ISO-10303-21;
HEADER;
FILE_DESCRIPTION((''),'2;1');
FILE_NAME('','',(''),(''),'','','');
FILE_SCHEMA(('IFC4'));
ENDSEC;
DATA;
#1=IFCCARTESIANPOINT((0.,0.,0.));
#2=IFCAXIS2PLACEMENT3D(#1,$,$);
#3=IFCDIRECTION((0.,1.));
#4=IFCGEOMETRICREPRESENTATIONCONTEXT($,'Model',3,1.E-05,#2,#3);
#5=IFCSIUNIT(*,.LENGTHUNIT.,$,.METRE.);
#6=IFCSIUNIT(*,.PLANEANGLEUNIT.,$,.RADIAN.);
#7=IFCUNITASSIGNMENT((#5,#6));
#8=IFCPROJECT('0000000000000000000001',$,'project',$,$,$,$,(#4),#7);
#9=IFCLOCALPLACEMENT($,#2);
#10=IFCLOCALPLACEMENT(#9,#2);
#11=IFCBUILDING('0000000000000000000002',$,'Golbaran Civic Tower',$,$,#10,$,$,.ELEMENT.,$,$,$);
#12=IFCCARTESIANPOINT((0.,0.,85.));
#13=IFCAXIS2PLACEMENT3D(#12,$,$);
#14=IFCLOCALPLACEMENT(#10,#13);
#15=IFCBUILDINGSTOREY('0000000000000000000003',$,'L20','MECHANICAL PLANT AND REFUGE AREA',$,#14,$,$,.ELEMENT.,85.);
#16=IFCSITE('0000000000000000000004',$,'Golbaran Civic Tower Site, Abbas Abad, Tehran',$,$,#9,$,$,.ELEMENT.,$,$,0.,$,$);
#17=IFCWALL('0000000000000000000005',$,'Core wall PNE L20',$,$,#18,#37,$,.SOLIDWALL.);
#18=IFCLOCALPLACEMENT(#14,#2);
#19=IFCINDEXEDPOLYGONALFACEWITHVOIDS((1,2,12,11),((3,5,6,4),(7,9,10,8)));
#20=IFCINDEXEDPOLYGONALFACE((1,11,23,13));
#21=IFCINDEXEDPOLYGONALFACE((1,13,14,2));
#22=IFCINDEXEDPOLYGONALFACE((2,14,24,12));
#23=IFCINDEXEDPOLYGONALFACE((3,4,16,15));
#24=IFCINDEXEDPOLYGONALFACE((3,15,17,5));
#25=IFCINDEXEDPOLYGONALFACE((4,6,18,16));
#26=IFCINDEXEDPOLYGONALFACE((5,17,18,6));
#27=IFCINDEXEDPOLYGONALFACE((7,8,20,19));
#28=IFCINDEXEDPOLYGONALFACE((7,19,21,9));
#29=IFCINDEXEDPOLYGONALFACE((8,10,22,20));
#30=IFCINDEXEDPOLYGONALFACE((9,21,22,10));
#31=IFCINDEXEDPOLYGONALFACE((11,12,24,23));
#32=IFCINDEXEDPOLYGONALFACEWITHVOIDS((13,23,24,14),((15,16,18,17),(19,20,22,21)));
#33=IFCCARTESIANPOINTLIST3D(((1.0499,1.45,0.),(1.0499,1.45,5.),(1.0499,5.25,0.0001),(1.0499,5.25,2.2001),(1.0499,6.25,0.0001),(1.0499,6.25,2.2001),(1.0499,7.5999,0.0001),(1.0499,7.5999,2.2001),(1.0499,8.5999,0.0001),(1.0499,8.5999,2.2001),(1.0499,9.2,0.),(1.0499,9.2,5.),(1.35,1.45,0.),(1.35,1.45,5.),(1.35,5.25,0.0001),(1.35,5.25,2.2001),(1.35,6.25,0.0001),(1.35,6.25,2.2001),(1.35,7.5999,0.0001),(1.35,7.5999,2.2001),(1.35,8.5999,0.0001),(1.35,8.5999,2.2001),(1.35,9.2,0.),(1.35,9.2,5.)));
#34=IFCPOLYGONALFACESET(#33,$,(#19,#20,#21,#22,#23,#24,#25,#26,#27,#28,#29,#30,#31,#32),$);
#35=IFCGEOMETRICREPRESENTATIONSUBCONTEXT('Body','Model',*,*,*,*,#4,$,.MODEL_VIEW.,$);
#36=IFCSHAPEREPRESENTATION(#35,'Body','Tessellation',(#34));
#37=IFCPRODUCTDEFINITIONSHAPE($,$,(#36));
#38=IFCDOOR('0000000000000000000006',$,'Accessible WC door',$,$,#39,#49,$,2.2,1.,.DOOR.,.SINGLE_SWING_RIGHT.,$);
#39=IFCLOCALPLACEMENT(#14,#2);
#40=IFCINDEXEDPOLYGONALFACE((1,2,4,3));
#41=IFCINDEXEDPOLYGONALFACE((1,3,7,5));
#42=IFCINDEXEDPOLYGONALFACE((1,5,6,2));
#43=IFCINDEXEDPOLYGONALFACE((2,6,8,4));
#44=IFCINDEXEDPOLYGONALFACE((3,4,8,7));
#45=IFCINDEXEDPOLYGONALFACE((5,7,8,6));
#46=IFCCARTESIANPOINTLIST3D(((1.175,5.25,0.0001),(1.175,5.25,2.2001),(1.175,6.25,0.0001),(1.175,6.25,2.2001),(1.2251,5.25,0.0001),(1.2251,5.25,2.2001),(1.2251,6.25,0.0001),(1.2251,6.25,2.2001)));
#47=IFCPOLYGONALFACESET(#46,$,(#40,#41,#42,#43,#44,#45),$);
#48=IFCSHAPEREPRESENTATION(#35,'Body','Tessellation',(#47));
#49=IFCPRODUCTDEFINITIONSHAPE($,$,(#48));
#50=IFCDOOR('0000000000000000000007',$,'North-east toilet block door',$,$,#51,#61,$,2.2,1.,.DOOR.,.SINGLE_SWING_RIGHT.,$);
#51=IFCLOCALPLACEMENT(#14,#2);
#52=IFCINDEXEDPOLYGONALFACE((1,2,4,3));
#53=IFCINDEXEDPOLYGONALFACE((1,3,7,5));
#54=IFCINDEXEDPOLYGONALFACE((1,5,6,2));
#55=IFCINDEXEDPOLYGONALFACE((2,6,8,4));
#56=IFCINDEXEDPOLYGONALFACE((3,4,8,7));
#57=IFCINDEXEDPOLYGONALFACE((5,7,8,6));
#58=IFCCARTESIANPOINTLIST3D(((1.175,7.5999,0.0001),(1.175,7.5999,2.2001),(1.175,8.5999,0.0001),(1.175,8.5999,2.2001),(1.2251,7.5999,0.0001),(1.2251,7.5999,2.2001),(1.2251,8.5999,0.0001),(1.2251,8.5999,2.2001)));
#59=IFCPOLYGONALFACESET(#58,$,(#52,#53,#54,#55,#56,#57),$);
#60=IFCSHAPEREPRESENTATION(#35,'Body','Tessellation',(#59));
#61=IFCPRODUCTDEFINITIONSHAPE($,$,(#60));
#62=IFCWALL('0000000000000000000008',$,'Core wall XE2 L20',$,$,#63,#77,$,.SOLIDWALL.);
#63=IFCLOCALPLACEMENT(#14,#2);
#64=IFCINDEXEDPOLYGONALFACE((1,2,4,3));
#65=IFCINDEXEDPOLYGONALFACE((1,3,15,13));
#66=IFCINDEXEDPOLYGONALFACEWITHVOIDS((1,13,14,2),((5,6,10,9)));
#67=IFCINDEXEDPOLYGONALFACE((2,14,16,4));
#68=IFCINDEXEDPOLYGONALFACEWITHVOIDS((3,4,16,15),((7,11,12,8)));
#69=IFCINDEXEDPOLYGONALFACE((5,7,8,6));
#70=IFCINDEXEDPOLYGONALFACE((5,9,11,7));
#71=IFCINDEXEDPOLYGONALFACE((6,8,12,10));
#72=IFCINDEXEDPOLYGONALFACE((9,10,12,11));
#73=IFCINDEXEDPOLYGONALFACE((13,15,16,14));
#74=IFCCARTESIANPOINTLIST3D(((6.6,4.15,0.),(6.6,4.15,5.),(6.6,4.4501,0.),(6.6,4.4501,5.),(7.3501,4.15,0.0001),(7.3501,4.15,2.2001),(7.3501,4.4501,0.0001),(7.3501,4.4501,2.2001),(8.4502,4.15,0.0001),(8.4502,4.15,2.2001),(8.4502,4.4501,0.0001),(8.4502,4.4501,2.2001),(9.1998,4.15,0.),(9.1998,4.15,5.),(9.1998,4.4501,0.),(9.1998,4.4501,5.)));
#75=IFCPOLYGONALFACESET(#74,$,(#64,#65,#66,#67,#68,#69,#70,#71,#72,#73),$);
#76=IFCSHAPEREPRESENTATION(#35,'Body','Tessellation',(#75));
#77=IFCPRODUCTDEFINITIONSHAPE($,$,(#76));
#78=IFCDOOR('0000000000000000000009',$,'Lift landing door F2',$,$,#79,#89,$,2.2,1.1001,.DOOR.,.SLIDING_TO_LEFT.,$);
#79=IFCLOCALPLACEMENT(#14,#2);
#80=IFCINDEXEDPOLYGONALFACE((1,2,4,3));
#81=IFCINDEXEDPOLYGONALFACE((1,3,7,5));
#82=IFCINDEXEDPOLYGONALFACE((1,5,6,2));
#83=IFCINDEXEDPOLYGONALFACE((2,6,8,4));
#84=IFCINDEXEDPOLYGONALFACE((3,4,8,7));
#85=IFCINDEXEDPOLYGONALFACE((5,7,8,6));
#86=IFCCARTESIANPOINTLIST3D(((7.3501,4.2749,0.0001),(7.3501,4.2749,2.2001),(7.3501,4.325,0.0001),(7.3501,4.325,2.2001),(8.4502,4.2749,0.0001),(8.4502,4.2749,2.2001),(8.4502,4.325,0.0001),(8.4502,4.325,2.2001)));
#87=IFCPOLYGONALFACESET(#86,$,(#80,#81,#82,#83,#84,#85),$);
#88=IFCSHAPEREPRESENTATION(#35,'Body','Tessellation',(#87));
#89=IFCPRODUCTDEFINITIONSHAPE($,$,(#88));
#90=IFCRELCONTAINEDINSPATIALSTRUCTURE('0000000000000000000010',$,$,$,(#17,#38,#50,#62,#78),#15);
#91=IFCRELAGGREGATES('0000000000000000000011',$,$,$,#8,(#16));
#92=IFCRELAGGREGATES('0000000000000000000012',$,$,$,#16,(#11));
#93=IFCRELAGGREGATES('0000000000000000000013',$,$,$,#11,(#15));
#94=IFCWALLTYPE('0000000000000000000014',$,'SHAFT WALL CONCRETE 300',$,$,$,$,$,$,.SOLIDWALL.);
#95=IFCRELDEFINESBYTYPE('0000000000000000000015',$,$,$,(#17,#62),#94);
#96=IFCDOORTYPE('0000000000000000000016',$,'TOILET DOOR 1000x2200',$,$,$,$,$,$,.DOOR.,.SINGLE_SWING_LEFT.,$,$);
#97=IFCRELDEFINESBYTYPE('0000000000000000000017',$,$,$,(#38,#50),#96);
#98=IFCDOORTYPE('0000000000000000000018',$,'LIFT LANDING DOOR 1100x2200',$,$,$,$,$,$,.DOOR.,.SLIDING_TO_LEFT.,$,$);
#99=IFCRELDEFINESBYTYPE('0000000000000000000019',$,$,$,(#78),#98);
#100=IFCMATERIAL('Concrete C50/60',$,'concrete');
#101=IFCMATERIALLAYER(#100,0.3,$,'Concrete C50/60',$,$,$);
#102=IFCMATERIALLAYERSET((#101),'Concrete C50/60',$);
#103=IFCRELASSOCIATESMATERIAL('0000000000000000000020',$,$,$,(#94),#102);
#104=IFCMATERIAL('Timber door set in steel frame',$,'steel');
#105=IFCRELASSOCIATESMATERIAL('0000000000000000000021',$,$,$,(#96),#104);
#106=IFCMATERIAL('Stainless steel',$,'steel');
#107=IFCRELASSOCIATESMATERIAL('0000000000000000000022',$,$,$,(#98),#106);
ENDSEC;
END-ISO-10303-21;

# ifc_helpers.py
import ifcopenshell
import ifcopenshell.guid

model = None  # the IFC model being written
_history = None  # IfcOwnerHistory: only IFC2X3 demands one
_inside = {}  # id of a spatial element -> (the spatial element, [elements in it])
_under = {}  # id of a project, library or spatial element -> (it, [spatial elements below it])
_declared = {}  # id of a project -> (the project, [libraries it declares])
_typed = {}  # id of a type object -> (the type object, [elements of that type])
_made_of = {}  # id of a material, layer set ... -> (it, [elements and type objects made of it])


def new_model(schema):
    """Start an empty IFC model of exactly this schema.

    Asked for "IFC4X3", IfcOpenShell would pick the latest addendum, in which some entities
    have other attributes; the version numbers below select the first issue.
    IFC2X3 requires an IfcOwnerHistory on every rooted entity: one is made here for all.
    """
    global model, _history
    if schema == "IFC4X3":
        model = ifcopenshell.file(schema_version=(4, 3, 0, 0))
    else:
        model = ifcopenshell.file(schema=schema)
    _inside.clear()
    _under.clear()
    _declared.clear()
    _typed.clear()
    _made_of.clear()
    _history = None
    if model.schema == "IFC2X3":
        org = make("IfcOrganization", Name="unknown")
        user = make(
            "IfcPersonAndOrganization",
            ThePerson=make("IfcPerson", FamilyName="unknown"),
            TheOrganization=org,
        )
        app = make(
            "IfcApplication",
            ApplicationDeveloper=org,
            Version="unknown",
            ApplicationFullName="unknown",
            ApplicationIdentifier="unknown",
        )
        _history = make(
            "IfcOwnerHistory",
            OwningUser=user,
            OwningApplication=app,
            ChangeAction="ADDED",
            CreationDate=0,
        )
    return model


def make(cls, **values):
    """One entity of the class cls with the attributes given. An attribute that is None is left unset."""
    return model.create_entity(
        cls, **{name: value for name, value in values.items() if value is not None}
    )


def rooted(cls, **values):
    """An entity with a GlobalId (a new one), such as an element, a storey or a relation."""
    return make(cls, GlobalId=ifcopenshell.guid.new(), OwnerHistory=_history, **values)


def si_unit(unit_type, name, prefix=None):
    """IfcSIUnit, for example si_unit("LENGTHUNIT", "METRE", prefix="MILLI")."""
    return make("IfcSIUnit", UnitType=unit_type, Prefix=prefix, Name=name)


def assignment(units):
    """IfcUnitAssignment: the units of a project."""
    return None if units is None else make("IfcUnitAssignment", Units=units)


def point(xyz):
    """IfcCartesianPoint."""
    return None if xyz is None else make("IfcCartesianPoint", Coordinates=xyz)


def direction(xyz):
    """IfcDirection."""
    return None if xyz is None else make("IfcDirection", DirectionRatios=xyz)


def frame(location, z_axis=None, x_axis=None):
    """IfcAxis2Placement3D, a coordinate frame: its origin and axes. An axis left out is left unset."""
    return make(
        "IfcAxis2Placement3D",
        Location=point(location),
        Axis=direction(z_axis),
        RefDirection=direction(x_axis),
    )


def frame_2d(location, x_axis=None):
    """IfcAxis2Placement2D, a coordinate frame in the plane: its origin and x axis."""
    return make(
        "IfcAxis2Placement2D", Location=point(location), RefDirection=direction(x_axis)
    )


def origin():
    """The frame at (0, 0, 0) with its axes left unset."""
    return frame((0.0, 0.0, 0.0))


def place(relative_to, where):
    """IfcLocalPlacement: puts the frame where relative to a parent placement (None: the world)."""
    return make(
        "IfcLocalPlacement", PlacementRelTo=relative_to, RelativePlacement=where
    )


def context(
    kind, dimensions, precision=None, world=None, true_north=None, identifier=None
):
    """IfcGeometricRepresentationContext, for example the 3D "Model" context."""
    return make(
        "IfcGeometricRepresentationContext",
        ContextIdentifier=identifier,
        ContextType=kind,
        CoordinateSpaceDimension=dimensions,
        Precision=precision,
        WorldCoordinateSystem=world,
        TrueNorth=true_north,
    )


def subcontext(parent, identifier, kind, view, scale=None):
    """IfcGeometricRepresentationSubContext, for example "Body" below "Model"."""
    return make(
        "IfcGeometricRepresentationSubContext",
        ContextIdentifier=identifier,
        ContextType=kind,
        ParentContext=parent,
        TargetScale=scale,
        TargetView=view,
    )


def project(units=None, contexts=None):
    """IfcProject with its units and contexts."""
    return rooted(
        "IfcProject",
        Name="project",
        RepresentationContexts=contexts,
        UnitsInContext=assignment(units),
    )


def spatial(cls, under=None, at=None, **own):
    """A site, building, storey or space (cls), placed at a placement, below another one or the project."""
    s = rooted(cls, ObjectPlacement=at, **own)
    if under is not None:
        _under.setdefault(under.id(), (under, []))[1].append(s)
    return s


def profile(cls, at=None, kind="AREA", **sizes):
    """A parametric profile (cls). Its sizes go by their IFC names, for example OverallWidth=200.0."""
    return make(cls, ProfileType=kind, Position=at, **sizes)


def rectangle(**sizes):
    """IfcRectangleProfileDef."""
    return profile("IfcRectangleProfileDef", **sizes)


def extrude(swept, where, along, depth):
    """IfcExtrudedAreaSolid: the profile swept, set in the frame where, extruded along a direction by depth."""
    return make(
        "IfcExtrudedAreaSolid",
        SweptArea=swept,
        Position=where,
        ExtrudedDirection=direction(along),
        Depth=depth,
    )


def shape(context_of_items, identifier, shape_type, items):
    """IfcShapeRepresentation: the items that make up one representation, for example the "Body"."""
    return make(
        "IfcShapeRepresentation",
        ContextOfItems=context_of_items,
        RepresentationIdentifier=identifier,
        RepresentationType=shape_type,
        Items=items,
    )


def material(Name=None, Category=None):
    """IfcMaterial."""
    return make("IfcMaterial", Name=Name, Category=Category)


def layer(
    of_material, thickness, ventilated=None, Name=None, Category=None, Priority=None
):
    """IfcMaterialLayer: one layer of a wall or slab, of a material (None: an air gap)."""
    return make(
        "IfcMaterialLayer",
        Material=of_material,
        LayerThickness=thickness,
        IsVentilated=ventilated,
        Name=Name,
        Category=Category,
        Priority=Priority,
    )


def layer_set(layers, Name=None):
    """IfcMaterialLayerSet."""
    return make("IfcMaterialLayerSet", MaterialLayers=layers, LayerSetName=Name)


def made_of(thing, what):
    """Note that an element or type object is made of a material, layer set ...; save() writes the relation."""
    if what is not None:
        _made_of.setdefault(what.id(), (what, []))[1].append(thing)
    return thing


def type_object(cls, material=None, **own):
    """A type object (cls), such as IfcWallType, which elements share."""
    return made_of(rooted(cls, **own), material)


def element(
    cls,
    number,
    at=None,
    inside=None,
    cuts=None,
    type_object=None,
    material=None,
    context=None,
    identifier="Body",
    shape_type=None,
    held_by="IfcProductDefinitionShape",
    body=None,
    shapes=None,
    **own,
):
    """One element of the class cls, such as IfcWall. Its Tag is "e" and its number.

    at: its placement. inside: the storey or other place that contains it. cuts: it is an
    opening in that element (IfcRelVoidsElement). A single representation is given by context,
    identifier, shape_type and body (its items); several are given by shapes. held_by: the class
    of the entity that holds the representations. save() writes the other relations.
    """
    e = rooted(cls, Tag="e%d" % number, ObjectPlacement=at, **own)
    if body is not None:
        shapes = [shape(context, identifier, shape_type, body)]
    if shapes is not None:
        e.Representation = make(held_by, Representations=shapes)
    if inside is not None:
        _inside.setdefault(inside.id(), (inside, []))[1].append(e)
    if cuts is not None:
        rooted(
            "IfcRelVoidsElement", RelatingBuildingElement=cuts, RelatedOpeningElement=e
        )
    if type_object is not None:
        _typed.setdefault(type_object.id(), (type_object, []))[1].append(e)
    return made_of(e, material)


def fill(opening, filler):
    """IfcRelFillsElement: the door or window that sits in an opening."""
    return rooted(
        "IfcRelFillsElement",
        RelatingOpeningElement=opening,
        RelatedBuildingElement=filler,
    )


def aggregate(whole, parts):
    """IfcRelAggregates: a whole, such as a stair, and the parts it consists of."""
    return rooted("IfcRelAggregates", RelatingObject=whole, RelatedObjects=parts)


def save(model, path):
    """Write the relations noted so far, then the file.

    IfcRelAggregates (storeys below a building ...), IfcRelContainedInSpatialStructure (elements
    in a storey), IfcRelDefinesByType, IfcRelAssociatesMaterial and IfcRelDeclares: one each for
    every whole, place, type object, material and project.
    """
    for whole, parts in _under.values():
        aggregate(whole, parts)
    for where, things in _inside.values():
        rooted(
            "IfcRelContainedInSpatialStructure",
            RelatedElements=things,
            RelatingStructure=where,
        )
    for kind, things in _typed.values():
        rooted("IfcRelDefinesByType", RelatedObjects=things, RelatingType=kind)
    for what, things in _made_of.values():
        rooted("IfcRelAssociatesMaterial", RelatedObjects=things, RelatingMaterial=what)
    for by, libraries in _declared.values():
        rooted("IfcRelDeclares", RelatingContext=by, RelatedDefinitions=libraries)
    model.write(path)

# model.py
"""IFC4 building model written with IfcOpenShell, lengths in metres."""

from ifc_helpers import new_model, si_unit, direction, frame, frame_2d, origin, place, context, subcontext, project, spatial, rectangle, extrude, material, layer, layer_set, type_object, element, fill, save


model = new_model("IFC4")

# Units and contexts
model_context = context("Model", 3, precision=1e-05, world=origin(), true_north=direction((0.0, 1.0)))
body_context = subcontext(model_context, "Body", "Model", "MODEL_VIEW")
ifc_project = project(units=[si_unit("LENGTHUNIT", "METRE"), si_unit("PLANEANGLEUNIT", "RADIAN")], contexts=[model_context])

# Site, building, storey
site_placement = place(None, origin())
site = spatial("IfcSite", under=ifc_project, at=site_placement, Name="Golbaran Civic Tower Site, Abbas Abad, Tehran", CompositionType="ELEMENT", RefElevation=0.0)
building_placement = place(site_placement, origin())
building = spatial("IfcBuilding", under=site, at=building_placement, Name="Golbaran Civic Tower", CompositionType="ELEMENT")
storey_placement = place(building_placement, frame((0.0, 0.0, 85.0)))
storey = spatial("IfcBuildingStorey", under=building, at=storey_placement, Name="L20", Description="MECHANICAL PLANT AND REFUGE AREA", CompositionType="ELEMENT", Elevation=85.0)

# Shared definitions
ifc_material_1 = material(Name="Timber door set in steel frame", Category="steel")

# Shared definitions
ifc_material_2 = material(Name="Concrete C50/60", Category="concrete")
ifc_layer_1 = layer(ifc_material_2, 0.3, Name="Concrete C50/60")
ifc_layer_set_1 = layer_set([ifc_layer_1], Name="Concrete C50/60")
wall_type_1 = type_object("IfcWallType", Name="SHAFT WALL CONCRETE 300", PredefinedType="SOLIDWALL", material=ifc_layer_set_1)

# Wall, openings, doors
wall_1_placement = place(storey_placement, frame((1.2, 1.45, 0.0), z_axis=(0.0, 0.0, 1.0), x_axis=(0.0, 1.0, 0.0)))
wall_1 = element("IfcWall", 1, at=wall_1_placement, inside=storey, type_object=wall_type_1, Name="Core wall PNE L20", PredefinedType="SOLIDWALL", context=body_context, shape_type="SweptSolid", body=[
    extrude(rectangle(XDim=7.75, YDim=0.3, at=frame_2d((3.875, 0.0))), origin(), (0.0, 0.0, 1.0), 5.0),
])
opening_1_placement = place(wall_1_placement, frame((3.8, 0.0, 0.0)))
opening_1 = element("IfcOpeningElement", 2, at=opening_1_placement, cuts=wall_1, PredefinedType="OPENING", context=body_context, shape_type="SweptSolid", body=[
    extrude(rectangle(XDim=1.0, YDim=2.2, at=frame_2d((0.5, 1.1001))), frame((0.0, 0.1599, 0.0), z_axis=(0.0, -1.0, 0.0), x_axis=(1.0, 0.0, 0.0)), (0.0, 0.0, 1.0), 0.3201),
])
opening_2_placement = place(wall_1_placement, frame((6.1499, 0.0, 0.0)))
opening_2 = element("IfcOpeningElement", 3, at=opening_2_placement, cuts=wall_1, PredefinedType="OPENING", context=body_context, shape_type="SweptSolid", body=[
    extrude(rectangle(XDim=1.0, YDim=2.2, at=frame_2d((0.5, 1.1001))), frame((0.0, 0.1599, 0.0), z_axis=(0.0, -1.0, 0.0), x_axis=(1.0, 0.0, 0.0)), (0.0, 0.0, 1.0), 0.3201),
])
door_type_1 = type_object("IfcDoorType", Name="TOILET DOOR 1000x2200", OperationType="SINGLE_SWING_LEFT", PredefinedType="DOOR", material=ifc_material_1)
door_1_placement = place(opening_1_placement, origin())
door_1 = element("IfcDoor", 4, at=door_1_placement, inside=storey, type_object=door_type_1, Name="Accessible WC door", OperationType="SINGLE_SWING_RIGHT", OverallHeight=2.2, OverallWidth=1.0, PredefinedType="DOOR", context=body_context, shape_type="SweptSolid", body=[
    extrude(rectangle(XDim=1.0, YDim=2.2, at=frame_2d((0.5, 1.1001))), frame((0.0, 0.0249, 0.0), z_axis=(0.0, -1.0, 0.0), x_axis=(1.0, 0.0, 0.0)), (0.0, 0.0, 1.0), 0.05),
])
fill(opening_1, door_1)
door_2_placement = place(opening_2_placement, origin())
door_2 = element("IfcDoor", 5, at=door_2_placement, inside=storey, type_object=door_type_1, Name="North-east toilet block door", OperationType="SINGLE_SWING_RIGHT", OverallHeight=2.2, OverallWidth=1.0, PredefinedType="DOOR", context=body_context, shape_type="SweptSolid", body=[
    extrude(rectangle(XDim=1.0, YDim=2.2, at=frame_2d((0.5, 1.1001))), frame((0.0, 0.0249, 0.0), z_axis=(0.0, -1.0, 0.0), x_axis=(1.0, 0.0, 0.0)), (0.0, 0.0, 1.0), 0.05),
])
fill(opening_2, door_2)

# Wall, opening, door
wall_2_placement = place(storey_placement, frame((6.6001, 4.3, 0.0), z_axis=(0.0, 0.0, 1.0), x_axis=(1.0, 0.0, 0.0)))
wall_2 = element("IfcWall", 6, at=wall_2_placement, inside=storey, type_object=wall_type_1, Name="Core wall XE2 L20", PredefinedType="SOLIDWALL", context=body_context, shape_type="SweptSolid", body=[
    extrude(rectangle(XDim=2.5999, YDim=0.3, at=frame_2d((1.2998, 0.0))), origin(), (0.0, 0.0, 1.0), 5.0),
])
opening_3_placement = place(wall_2_placement, frame((0.75, 0.0, 0.0)))
opening_3 = element("IfcOpeningElement", 7, at=opening_3_placement, cuts=wall_2, PredefinedType="OPENING", context=body_context, shape_type="SweptSolid", body=[
    extrude(rectangle(XDim=1.1001, YDim=2.2, at=frame_2d((0.55, 1.1001))), frame((0.0, 0.1599, 0.0), z_axis=(0.0, -1.0, 0.0), x_axis=(1.0, 0.0, 0.0)), (0.0, 0.0, 1.0), 0.3201),
])
ifc_material_3 = material(Name="Stainless steel", Category="steel")
door_type_2 = type_object("IfcDoorType", Name="LIFT LANDING DOOR 1100x2200", OperationType="SLIDING_TO_LEFT", PredefinedType="DOOR", material=ifc_material_3)
door_3_placement = place(opening_3_placement, origin())
door_3 = element("IfcDoor", 8, at=door_3_placement, inside=storey, type_object=door_type_2, Name="Lift landing door F2", OperationType="SLIDING_TO_LEFT", OverallHeight=2.2, OverallWidth=1.1001, PredefinedType="DOOR", context=body_context, shape_type="SweptSolid", body=[
    extrude(rectangle(XDim=1.1001, YDim=2.2, at=frame_2d((0.55, 1.1001))), frame((0.0, 0.0249, 0.0), z_axis=(0.0, -1.0, 0.0), x_axis=(1.0, 0.0, 0.0)), (0.0, 0.0, 1.0), 0.05),
])
fill(opening_3, door_3)

save(model, "model.ifc")
